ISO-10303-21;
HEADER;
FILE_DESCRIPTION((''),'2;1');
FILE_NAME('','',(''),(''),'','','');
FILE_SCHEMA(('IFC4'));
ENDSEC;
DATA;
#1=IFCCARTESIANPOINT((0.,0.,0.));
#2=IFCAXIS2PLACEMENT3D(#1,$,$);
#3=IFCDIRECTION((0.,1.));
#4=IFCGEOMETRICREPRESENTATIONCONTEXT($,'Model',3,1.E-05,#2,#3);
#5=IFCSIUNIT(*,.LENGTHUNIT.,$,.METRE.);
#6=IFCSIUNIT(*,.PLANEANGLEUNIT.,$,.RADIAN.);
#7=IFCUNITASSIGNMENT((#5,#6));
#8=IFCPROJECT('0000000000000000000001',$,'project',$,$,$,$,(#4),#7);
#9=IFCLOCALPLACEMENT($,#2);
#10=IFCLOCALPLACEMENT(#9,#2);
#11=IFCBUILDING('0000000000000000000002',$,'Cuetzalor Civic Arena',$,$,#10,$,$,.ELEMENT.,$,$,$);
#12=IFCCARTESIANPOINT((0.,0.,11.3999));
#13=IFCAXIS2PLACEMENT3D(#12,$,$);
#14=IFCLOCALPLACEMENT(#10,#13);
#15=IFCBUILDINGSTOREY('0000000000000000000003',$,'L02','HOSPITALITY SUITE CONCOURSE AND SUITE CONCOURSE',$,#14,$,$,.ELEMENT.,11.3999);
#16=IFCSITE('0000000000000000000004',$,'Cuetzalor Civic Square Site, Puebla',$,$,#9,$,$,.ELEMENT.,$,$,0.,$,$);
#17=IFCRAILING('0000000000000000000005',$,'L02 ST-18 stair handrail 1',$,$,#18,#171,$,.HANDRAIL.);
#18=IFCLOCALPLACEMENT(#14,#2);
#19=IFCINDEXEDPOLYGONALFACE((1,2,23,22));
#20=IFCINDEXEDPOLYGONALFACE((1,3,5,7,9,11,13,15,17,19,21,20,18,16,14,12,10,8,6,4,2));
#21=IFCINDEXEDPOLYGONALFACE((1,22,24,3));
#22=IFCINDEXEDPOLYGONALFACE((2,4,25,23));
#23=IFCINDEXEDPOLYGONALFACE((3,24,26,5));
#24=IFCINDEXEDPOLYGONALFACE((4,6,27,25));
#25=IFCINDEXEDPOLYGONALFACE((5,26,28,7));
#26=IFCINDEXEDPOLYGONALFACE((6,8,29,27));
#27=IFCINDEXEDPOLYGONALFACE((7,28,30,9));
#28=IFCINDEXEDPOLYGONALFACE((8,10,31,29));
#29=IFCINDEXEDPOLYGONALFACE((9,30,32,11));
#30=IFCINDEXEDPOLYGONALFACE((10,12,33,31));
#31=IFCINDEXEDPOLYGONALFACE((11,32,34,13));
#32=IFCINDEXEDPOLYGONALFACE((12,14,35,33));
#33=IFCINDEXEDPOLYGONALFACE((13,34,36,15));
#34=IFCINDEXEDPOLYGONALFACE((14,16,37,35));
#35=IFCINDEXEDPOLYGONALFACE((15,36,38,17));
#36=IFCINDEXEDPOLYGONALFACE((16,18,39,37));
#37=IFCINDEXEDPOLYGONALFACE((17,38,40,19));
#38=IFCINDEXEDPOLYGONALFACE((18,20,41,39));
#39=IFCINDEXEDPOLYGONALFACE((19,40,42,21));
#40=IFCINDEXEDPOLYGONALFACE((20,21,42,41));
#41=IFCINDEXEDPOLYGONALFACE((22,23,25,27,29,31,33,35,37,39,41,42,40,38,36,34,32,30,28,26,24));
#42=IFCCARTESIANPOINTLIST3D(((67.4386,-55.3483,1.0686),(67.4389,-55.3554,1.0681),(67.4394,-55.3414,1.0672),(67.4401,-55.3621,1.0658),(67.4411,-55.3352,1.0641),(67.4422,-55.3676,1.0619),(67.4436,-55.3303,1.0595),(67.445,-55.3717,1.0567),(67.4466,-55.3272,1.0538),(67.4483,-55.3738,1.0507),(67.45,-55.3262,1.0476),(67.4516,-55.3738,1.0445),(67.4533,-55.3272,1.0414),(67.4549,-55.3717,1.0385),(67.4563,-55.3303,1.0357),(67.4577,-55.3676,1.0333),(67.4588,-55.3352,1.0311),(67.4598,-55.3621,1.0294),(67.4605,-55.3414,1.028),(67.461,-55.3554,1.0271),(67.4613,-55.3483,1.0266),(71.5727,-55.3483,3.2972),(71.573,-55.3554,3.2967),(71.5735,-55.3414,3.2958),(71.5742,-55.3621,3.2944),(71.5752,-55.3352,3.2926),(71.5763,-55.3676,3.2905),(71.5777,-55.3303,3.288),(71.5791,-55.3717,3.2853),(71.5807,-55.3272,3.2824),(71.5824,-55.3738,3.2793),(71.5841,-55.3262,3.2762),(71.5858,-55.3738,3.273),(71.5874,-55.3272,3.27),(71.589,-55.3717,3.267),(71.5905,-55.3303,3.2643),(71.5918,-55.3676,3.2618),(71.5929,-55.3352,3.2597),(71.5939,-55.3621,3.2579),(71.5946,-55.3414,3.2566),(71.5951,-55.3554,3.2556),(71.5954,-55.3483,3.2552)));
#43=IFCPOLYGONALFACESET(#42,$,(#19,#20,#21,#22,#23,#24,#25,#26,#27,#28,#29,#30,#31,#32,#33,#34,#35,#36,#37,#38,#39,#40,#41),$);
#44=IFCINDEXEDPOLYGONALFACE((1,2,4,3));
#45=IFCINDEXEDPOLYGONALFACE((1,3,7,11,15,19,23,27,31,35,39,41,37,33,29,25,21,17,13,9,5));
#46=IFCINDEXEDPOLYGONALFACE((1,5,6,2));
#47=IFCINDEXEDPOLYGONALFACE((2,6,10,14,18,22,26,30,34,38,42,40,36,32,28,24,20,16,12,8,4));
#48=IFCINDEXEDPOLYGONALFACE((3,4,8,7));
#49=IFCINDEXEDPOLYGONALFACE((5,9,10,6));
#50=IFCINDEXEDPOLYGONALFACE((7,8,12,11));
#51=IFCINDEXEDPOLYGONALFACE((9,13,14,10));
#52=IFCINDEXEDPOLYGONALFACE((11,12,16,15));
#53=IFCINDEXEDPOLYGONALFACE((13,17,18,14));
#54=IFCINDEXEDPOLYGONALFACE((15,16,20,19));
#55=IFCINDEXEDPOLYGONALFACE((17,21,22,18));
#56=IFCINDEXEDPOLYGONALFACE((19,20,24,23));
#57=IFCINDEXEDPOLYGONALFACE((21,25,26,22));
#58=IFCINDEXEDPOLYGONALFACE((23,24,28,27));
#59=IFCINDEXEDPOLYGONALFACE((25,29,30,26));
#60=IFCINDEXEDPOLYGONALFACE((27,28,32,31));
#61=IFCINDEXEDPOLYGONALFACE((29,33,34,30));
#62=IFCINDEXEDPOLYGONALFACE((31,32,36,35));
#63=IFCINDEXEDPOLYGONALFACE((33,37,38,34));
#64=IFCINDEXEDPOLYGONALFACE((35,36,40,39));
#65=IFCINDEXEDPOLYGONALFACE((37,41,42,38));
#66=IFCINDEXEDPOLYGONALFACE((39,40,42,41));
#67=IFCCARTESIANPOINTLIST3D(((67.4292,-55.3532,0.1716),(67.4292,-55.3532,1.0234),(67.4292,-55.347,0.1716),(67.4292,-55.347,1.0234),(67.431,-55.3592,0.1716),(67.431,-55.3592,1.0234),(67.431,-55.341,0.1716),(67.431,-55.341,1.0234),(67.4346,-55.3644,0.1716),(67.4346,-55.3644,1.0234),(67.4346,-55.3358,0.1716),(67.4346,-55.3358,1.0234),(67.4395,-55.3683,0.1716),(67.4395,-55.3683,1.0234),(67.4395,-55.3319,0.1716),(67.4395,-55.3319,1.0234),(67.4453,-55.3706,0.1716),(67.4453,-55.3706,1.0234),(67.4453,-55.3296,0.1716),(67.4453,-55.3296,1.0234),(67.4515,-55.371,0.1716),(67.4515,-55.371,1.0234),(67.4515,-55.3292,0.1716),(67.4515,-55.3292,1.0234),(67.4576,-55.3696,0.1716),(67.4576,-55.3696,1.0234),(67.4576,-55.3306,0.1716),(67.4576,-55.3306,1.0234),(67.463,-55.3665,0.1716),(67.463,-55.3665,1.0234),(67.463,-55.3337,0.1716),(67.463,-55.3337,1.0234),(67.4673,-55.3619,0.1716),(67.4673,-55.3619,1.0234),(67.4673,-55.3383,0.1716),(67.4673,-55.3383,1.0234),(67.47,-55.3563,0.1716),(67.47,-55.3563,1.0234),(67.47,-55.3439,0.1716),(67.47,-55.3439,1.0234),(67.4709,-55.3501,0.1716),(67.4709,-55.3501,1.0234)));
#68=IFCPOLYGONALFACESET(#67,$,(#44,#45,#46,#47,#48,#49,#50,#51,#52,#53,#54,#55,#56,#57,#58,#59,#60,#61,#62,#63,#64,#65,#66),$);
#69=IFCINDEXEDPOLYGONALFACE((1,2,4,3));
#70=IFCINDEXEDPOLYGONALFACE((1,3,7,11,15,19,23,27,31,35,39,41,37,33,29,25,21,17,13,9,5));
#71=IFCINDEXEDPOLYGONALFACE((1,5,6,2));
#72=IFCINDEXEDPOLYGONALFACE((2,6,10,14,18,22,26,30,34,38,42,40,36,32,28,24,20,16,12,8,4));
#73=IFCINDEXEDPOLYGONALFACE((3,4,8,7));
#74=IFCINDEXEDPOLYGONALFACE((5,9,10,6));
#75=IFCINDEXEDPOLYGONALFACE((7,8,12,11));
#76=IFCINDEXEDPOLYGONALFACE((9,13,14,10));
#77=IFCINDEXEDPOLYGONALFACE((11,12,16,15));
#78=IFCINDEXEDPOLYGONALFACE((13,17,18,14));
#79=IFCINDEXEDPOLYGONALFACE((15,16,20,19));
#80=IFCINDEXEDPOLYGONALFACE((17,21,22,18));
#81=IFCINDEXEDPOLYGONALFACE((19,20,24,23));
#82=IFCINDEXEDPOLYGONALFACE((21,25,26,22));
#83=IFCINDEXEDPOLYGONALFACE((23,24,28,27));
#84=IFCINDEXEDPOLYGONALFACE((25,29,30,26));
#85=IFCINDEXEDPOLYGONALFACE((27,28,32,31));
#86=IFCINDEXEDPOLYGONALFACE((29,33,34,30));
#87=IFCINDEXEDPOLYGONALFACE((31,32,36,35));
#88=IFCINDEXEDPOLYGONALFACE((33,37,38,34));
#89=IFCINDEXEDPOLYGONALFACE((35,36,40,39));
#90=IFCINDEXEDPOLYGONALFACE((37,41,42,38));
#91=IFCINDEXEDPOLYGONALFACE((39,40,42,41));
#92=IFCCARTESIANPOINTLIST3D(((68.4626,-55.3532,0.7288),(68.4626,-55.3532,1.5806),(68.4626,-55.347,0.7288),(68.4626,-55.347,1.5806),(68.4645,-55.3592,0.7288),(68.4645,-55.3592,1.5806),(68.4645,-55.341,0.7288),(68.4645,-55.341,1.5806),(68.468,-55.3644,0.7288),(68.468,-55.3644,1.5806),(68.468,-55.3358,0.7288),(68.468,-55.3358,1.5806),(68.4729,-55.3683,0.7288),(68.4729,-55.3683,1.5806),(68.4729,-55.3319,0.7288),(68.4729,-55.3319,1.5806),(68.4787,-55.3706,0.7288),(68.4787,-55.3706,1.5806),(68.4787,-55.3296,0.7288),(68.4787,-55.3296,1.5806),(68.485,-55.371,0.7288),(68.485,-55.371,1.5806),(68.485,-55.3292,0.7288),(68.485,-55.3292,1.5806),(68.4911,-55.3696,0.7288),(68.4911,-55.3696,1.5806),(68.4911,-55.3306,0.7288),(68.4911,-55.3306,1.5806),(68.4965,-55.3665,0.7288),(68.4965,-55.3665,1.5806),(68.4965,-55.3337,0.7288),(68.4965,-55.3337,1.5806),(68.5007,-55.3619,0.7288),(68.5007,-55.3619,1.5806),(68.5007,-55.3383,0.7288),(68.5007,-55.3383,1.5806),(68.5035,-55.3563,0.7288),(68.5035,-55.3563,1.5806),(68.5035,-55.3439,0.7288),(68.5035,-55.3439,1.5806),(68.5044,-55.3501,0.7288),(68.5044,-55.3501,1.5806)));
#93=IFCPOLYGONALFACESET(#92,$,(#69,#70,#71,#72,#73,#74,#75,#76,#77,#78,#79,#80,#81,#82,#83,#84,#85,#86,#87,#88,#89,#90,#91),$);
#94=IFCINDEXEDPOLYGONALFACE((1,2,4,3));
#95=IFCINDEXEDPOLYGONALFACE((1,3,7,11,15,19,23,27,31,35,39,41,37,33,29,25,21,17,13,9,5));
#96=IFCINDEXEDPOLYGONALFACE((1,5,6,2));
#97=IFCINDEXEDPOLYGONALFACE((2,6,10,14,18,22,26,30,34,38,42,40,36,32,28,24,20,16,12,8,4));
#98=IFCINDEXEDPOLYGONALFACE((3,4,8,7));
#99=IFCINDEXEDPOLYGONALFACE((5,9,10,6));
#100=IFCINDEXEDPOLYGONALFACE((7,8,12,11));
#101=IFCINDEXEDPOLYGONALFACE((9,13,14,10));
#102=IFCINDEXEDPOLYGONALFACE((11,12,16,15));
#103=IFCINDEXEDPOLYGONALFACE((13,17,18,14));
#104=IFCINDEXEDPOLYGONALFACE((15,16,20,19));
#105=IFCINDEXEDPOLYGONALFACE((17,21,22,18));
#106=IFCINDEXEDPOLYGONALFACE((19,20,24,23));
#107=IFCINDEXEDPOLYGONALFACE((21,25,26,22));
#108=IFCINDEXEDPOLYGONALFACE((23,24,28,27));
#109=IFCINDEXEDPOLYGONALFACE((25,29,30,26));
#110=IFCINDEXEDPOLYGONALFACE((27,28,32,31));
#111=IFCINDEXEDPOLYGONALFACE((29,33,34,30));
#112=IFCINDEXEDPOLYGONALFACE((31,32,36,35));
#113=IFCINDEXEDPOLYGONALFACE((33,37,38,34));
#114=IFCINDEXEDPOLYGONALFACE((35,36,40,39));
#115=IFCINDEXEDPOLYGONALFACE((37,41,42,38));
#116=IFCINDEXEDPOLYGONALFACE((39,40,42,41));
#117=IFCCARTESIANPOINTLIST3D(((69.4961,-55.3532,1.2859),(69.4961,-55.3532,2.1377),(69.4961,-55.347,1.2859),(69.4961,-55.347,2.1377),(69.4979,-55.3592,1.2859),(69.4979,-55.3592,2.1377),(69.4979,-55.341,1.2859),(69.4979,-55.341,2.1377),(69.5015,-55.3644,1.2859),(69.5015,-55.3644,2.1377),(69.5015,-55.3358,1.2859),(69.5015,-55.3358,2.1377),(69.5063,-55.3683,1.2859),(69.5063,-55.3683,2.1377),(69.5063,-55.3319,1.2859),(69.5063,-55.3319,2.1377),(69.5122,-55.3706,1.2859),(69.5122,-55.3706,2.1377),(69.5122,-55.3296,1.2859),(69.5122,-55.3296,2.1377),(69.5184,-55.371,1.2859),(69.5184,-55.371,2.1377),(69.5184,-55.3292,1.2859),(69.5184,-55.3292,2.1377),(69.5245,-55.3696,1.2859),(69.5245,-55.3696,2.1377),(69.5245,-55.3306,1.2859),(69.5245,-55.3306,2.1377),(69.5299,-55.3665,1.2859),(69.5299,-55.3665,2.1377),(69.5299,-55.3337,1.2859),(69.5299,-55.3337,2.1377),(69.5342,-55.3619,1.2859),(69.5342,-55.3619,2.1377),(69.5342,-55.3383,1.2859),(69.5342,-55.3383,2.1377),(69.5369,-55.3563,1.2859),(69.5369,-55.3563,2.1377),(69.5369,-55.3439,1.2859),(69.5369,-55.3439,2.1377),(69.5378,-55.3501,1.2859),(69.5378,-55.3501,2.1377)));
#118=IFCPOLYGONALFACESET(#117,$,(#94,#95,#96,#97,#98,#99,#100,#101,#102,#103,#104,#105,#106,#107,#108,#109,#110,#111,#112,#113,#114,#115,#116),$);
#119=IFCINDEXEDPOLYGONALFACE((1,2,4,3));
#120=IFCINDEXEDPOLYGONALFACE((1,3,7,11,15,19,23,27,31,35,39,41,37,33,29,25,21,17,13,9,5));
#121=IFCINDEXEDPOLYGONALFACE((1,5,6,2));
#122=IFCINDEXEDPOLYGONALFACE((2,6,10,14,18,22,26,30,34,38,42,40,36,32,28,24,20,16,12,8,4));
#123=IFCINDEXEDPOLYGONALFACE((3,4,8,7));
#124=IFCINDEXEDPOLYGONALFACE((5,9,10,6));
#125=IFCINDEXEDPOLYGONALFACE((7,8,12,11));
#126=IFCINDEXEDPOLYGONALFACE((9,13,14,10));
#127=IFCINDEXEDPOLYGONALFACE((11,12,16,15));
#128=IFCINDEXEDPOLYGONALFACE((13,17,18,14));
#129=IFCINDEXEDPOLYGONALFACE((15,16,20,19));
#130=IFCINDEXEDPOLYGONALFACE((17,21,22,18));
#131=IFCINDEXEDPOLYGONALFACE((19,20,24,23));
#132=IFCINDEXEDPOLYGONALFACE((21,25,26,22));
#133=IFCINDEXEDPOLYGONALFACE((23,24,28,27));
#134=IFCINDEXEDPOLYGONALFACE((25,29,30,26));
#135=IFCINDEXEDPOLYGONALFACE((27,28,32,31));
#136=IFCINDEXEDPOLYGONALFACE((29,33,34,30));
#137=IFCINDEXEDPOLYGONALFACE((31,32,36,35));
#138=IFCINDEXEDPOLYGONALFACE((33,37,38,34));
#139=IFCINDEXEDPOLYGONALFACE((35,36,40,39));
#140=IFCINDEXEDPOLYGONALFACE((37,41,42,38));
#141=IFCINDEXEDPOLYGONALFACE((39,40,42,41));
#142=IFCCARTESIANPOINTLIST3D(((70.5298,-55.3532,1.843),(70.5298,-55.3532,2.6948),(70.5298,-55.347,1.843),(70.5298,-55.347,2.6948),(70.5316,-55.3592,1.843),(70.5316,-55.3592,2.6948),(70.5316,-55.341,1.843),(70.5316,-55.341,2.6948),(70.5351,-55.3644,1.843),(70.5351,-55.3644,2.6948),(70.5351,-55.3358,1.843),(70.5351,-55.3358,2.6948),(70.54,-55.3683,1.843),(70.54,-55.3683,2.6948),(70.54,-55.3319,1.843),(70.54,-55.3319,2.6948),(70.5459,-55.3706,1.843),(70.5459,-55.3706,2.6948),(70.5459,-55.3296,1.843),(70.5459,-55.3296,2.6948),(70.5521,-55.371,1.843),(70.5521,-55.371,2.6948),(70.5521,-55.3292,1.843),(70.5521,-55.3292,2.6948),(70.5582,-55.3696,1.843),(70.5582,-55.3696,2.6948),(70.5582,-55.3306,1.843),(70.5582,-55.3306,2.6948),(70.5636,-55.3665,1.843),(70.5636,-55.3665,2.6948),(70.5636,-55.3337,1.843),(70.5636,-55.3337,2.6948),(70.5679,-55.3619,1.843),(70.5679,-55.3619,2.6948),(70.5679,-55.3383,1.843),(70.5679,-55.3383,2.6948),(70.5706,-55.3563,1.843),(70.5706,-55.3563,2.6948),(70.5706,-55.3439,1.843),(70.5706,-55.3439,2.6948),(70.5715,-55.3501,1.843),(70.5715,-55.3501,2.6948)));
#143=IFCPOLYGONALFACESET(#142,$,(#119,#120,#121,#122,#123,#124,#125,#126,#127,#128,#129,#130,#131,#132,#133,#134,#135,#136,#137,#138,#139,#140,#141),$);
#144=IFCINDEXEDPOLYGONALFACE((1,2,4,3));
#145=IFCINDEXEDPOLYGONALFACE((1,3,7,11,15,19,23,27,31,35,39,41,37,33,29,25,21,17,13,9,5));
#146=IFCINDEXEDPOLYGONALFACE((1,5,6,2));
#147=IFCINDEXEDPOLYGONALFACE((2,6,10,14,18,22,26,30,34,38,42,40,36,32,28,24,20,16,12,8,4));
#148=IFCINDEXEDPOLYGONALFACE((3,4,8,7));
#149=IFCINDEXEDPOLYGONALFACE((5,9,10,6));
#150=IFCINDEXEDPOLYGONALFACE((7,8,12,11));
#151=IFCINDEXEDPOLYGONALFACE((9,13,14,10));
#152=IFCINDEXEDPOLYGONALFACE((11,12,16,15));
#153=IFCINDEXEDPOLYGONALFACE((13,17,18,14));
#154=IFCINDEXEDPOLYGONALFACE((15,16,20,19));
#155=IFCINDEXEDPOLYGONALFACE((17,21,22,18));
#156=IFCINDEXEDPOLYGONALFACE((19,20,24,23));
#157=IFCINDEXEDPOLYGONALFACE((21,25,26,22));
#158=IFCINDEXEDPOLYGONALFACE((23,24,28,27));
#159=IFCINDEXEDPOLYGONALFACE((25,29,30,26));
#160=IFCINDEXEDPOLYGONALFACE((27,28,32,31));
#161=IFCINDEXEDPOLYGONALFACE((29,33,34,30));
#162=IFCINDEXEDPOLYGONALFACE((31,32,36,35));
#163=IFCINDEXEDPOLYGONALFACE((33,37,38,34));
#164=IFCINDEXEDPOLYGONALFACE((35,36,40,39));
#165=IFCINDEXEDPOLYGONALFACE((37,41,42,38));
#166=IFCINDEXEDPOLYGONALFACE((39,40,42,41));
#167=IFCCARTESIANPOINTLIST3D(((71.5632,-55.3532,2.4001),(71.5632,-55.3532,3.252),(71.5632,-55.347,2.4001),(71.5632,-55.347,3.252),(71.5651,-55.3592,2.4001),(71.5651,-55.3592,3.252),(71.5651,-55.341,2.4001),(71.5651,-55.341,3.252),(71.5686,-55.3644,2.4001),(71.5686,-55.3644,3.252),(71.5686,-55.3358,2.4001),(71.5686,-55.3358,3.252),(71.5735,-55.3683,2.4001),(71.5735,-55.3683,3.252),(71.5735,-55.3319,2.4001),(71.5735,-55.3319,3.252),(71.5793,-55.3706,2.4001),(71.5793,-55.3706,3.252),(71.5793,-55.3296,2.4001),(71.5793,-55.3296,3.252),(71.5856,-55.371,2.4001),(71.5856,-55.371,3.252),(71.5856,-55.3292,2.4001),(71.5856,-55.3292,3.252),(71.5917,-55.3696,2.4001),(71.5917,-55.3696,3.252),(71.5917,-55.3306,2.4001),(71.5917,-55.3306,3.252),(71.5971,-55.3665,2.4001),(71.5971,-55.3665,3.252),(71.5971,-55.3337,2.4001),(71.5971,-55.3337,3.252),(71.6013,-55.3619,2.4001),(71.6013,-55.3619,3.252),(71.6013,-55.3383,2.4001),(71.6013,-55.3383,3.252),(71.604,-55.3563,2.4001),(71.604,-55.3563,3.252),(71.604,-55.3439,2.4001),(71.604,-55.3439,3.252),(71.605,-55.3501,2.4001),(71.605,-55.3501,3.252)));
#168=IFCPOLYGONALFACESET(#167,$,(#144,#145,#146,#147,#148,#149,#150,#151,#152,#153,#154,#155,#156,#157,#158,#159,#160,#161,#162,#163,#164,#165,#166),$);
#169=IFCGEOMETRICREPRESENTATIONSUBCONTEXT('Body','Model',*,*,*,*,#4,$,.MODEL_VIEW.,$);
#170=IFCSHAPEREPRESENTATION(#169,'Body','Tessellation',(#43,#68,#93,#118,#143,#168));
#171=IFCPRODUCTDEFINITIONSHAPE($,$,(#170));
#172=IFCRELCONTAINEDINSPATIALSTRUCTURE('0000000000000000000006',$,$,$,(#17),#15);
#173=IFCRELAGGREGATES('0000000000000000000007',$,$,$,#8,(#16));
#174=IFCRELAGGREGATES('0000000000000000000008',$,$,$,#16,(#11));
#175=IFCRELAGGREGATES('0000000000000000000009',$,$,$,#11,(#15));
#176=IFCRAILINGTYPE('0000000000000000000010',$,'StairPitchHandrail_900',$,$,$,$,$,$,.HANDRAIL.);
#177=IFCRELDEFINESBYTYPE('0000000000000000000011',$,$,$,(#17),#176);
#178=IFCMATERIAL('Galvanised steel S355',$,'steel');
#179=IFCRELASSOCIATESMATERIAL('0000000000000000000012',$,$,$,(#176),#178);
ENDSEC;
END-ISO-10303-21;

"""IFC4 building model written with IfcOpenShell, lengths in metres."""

from ifc_helpers import new_model, si_unit, direction, frame, origin, origin_2d, place, context, subcontext, project, spatial, circle, extrude, material, type_object, element, save


model = new_model("IFC4")

# Units and contexts
model_context = context("Model", 3, precision=1e-05, world=origin(), true_north=direction((0.0, 1.0)))
body_context = subcontext(model_context, "Body", "Model", "MODEL_VIEW")
ifc_project = project(units=[si_unit("LENGTHUNIT", "METRE"), si_unit("PLANEANGLEUNIT", "RADIAN")], contexts=[model_context])

# Site, building, storey
site_placement = place(None, origin())
site = spatial("IfcSite", under=ifc_project, at=site_placement, Name="Cuetzalor Civic Square Site, Puebla", CompositionType="ELEMENT", RefElevation=0.0)
building_placement = place(site_placement, origin())
building = spatial("IfcBuilding", under=site, at=building_placement, Name="Cuetzalor Civic Arena", CompositionType="ELEMENT")
storey_placement = place(building_placement, frame((0.0, 0.0, 11.3999)))
storey = spatial("IfcBuildingStorey", under=building, at=storey_placement, Name="L02", Description="HOSPITALITY SUITE CONCOURSE AND SUITE CONCOURSE", CompositionType="ELEMENT", Elevation=11.3999)

# Railing
ifc_material_1 = material(Name="Galvanised steel S355", Category="steel")
railing_type_1 = type_object("IfcRailingType", Name="StairPitchHandrail_900", PredefinedType="HANDRAIL", material=ifc_material_1)
railing_1_placement = place(storey_placement, frame((67.45, -55.3501, 0.1716)))
element("IfcRailing", 1, at=railing_1_placement, inside=storey, type_object=railing_type_1, Name="L02 ST-18 stair handrail 1", PredefinedType="HANDRAIL", context=body_context, shape_type="SweptSolid", body=[
    extrude(circle(Radius=0.0239, at=origin_2d()), frame((0.0, 0.0, 0.876), z_axis=(0.880249, 0.0, 0.474512), x_axis=(0.0, 1.0, 0.0)), (0.0, 0.0, 1.0), 4.6965),
    extrude(circle(Radius=0.021, at=origin_2d()), origin(), (0.0, 0.0, 1.0), 0.8518),
    extrude(circle(Radius=0.021, at=origin_2d()), frame((1.0334, 0.0, 0.5571)), (0.0, 0.0, 1.0), 0.8518),
    extrude(circle(Radius=0.021, at=origin_2d()), frame((2.0669, 0.0, 1.1143)), (0.0, 0.0, 1.0), 0.8518),
    extrude(circle(Radius=0.021, at=origin_2d()), frame((3.1006, 0.0, 1.6714)), (0.0, 0.0, 1.0), 0.8518),
    extrude(circle(Radius=0.021, at=origin_2d()), frame((4.134, 0.0, 2.2285)), (0.0, 0.0, 1.0), 0.8518),
])

save(model, "model.ifc")
